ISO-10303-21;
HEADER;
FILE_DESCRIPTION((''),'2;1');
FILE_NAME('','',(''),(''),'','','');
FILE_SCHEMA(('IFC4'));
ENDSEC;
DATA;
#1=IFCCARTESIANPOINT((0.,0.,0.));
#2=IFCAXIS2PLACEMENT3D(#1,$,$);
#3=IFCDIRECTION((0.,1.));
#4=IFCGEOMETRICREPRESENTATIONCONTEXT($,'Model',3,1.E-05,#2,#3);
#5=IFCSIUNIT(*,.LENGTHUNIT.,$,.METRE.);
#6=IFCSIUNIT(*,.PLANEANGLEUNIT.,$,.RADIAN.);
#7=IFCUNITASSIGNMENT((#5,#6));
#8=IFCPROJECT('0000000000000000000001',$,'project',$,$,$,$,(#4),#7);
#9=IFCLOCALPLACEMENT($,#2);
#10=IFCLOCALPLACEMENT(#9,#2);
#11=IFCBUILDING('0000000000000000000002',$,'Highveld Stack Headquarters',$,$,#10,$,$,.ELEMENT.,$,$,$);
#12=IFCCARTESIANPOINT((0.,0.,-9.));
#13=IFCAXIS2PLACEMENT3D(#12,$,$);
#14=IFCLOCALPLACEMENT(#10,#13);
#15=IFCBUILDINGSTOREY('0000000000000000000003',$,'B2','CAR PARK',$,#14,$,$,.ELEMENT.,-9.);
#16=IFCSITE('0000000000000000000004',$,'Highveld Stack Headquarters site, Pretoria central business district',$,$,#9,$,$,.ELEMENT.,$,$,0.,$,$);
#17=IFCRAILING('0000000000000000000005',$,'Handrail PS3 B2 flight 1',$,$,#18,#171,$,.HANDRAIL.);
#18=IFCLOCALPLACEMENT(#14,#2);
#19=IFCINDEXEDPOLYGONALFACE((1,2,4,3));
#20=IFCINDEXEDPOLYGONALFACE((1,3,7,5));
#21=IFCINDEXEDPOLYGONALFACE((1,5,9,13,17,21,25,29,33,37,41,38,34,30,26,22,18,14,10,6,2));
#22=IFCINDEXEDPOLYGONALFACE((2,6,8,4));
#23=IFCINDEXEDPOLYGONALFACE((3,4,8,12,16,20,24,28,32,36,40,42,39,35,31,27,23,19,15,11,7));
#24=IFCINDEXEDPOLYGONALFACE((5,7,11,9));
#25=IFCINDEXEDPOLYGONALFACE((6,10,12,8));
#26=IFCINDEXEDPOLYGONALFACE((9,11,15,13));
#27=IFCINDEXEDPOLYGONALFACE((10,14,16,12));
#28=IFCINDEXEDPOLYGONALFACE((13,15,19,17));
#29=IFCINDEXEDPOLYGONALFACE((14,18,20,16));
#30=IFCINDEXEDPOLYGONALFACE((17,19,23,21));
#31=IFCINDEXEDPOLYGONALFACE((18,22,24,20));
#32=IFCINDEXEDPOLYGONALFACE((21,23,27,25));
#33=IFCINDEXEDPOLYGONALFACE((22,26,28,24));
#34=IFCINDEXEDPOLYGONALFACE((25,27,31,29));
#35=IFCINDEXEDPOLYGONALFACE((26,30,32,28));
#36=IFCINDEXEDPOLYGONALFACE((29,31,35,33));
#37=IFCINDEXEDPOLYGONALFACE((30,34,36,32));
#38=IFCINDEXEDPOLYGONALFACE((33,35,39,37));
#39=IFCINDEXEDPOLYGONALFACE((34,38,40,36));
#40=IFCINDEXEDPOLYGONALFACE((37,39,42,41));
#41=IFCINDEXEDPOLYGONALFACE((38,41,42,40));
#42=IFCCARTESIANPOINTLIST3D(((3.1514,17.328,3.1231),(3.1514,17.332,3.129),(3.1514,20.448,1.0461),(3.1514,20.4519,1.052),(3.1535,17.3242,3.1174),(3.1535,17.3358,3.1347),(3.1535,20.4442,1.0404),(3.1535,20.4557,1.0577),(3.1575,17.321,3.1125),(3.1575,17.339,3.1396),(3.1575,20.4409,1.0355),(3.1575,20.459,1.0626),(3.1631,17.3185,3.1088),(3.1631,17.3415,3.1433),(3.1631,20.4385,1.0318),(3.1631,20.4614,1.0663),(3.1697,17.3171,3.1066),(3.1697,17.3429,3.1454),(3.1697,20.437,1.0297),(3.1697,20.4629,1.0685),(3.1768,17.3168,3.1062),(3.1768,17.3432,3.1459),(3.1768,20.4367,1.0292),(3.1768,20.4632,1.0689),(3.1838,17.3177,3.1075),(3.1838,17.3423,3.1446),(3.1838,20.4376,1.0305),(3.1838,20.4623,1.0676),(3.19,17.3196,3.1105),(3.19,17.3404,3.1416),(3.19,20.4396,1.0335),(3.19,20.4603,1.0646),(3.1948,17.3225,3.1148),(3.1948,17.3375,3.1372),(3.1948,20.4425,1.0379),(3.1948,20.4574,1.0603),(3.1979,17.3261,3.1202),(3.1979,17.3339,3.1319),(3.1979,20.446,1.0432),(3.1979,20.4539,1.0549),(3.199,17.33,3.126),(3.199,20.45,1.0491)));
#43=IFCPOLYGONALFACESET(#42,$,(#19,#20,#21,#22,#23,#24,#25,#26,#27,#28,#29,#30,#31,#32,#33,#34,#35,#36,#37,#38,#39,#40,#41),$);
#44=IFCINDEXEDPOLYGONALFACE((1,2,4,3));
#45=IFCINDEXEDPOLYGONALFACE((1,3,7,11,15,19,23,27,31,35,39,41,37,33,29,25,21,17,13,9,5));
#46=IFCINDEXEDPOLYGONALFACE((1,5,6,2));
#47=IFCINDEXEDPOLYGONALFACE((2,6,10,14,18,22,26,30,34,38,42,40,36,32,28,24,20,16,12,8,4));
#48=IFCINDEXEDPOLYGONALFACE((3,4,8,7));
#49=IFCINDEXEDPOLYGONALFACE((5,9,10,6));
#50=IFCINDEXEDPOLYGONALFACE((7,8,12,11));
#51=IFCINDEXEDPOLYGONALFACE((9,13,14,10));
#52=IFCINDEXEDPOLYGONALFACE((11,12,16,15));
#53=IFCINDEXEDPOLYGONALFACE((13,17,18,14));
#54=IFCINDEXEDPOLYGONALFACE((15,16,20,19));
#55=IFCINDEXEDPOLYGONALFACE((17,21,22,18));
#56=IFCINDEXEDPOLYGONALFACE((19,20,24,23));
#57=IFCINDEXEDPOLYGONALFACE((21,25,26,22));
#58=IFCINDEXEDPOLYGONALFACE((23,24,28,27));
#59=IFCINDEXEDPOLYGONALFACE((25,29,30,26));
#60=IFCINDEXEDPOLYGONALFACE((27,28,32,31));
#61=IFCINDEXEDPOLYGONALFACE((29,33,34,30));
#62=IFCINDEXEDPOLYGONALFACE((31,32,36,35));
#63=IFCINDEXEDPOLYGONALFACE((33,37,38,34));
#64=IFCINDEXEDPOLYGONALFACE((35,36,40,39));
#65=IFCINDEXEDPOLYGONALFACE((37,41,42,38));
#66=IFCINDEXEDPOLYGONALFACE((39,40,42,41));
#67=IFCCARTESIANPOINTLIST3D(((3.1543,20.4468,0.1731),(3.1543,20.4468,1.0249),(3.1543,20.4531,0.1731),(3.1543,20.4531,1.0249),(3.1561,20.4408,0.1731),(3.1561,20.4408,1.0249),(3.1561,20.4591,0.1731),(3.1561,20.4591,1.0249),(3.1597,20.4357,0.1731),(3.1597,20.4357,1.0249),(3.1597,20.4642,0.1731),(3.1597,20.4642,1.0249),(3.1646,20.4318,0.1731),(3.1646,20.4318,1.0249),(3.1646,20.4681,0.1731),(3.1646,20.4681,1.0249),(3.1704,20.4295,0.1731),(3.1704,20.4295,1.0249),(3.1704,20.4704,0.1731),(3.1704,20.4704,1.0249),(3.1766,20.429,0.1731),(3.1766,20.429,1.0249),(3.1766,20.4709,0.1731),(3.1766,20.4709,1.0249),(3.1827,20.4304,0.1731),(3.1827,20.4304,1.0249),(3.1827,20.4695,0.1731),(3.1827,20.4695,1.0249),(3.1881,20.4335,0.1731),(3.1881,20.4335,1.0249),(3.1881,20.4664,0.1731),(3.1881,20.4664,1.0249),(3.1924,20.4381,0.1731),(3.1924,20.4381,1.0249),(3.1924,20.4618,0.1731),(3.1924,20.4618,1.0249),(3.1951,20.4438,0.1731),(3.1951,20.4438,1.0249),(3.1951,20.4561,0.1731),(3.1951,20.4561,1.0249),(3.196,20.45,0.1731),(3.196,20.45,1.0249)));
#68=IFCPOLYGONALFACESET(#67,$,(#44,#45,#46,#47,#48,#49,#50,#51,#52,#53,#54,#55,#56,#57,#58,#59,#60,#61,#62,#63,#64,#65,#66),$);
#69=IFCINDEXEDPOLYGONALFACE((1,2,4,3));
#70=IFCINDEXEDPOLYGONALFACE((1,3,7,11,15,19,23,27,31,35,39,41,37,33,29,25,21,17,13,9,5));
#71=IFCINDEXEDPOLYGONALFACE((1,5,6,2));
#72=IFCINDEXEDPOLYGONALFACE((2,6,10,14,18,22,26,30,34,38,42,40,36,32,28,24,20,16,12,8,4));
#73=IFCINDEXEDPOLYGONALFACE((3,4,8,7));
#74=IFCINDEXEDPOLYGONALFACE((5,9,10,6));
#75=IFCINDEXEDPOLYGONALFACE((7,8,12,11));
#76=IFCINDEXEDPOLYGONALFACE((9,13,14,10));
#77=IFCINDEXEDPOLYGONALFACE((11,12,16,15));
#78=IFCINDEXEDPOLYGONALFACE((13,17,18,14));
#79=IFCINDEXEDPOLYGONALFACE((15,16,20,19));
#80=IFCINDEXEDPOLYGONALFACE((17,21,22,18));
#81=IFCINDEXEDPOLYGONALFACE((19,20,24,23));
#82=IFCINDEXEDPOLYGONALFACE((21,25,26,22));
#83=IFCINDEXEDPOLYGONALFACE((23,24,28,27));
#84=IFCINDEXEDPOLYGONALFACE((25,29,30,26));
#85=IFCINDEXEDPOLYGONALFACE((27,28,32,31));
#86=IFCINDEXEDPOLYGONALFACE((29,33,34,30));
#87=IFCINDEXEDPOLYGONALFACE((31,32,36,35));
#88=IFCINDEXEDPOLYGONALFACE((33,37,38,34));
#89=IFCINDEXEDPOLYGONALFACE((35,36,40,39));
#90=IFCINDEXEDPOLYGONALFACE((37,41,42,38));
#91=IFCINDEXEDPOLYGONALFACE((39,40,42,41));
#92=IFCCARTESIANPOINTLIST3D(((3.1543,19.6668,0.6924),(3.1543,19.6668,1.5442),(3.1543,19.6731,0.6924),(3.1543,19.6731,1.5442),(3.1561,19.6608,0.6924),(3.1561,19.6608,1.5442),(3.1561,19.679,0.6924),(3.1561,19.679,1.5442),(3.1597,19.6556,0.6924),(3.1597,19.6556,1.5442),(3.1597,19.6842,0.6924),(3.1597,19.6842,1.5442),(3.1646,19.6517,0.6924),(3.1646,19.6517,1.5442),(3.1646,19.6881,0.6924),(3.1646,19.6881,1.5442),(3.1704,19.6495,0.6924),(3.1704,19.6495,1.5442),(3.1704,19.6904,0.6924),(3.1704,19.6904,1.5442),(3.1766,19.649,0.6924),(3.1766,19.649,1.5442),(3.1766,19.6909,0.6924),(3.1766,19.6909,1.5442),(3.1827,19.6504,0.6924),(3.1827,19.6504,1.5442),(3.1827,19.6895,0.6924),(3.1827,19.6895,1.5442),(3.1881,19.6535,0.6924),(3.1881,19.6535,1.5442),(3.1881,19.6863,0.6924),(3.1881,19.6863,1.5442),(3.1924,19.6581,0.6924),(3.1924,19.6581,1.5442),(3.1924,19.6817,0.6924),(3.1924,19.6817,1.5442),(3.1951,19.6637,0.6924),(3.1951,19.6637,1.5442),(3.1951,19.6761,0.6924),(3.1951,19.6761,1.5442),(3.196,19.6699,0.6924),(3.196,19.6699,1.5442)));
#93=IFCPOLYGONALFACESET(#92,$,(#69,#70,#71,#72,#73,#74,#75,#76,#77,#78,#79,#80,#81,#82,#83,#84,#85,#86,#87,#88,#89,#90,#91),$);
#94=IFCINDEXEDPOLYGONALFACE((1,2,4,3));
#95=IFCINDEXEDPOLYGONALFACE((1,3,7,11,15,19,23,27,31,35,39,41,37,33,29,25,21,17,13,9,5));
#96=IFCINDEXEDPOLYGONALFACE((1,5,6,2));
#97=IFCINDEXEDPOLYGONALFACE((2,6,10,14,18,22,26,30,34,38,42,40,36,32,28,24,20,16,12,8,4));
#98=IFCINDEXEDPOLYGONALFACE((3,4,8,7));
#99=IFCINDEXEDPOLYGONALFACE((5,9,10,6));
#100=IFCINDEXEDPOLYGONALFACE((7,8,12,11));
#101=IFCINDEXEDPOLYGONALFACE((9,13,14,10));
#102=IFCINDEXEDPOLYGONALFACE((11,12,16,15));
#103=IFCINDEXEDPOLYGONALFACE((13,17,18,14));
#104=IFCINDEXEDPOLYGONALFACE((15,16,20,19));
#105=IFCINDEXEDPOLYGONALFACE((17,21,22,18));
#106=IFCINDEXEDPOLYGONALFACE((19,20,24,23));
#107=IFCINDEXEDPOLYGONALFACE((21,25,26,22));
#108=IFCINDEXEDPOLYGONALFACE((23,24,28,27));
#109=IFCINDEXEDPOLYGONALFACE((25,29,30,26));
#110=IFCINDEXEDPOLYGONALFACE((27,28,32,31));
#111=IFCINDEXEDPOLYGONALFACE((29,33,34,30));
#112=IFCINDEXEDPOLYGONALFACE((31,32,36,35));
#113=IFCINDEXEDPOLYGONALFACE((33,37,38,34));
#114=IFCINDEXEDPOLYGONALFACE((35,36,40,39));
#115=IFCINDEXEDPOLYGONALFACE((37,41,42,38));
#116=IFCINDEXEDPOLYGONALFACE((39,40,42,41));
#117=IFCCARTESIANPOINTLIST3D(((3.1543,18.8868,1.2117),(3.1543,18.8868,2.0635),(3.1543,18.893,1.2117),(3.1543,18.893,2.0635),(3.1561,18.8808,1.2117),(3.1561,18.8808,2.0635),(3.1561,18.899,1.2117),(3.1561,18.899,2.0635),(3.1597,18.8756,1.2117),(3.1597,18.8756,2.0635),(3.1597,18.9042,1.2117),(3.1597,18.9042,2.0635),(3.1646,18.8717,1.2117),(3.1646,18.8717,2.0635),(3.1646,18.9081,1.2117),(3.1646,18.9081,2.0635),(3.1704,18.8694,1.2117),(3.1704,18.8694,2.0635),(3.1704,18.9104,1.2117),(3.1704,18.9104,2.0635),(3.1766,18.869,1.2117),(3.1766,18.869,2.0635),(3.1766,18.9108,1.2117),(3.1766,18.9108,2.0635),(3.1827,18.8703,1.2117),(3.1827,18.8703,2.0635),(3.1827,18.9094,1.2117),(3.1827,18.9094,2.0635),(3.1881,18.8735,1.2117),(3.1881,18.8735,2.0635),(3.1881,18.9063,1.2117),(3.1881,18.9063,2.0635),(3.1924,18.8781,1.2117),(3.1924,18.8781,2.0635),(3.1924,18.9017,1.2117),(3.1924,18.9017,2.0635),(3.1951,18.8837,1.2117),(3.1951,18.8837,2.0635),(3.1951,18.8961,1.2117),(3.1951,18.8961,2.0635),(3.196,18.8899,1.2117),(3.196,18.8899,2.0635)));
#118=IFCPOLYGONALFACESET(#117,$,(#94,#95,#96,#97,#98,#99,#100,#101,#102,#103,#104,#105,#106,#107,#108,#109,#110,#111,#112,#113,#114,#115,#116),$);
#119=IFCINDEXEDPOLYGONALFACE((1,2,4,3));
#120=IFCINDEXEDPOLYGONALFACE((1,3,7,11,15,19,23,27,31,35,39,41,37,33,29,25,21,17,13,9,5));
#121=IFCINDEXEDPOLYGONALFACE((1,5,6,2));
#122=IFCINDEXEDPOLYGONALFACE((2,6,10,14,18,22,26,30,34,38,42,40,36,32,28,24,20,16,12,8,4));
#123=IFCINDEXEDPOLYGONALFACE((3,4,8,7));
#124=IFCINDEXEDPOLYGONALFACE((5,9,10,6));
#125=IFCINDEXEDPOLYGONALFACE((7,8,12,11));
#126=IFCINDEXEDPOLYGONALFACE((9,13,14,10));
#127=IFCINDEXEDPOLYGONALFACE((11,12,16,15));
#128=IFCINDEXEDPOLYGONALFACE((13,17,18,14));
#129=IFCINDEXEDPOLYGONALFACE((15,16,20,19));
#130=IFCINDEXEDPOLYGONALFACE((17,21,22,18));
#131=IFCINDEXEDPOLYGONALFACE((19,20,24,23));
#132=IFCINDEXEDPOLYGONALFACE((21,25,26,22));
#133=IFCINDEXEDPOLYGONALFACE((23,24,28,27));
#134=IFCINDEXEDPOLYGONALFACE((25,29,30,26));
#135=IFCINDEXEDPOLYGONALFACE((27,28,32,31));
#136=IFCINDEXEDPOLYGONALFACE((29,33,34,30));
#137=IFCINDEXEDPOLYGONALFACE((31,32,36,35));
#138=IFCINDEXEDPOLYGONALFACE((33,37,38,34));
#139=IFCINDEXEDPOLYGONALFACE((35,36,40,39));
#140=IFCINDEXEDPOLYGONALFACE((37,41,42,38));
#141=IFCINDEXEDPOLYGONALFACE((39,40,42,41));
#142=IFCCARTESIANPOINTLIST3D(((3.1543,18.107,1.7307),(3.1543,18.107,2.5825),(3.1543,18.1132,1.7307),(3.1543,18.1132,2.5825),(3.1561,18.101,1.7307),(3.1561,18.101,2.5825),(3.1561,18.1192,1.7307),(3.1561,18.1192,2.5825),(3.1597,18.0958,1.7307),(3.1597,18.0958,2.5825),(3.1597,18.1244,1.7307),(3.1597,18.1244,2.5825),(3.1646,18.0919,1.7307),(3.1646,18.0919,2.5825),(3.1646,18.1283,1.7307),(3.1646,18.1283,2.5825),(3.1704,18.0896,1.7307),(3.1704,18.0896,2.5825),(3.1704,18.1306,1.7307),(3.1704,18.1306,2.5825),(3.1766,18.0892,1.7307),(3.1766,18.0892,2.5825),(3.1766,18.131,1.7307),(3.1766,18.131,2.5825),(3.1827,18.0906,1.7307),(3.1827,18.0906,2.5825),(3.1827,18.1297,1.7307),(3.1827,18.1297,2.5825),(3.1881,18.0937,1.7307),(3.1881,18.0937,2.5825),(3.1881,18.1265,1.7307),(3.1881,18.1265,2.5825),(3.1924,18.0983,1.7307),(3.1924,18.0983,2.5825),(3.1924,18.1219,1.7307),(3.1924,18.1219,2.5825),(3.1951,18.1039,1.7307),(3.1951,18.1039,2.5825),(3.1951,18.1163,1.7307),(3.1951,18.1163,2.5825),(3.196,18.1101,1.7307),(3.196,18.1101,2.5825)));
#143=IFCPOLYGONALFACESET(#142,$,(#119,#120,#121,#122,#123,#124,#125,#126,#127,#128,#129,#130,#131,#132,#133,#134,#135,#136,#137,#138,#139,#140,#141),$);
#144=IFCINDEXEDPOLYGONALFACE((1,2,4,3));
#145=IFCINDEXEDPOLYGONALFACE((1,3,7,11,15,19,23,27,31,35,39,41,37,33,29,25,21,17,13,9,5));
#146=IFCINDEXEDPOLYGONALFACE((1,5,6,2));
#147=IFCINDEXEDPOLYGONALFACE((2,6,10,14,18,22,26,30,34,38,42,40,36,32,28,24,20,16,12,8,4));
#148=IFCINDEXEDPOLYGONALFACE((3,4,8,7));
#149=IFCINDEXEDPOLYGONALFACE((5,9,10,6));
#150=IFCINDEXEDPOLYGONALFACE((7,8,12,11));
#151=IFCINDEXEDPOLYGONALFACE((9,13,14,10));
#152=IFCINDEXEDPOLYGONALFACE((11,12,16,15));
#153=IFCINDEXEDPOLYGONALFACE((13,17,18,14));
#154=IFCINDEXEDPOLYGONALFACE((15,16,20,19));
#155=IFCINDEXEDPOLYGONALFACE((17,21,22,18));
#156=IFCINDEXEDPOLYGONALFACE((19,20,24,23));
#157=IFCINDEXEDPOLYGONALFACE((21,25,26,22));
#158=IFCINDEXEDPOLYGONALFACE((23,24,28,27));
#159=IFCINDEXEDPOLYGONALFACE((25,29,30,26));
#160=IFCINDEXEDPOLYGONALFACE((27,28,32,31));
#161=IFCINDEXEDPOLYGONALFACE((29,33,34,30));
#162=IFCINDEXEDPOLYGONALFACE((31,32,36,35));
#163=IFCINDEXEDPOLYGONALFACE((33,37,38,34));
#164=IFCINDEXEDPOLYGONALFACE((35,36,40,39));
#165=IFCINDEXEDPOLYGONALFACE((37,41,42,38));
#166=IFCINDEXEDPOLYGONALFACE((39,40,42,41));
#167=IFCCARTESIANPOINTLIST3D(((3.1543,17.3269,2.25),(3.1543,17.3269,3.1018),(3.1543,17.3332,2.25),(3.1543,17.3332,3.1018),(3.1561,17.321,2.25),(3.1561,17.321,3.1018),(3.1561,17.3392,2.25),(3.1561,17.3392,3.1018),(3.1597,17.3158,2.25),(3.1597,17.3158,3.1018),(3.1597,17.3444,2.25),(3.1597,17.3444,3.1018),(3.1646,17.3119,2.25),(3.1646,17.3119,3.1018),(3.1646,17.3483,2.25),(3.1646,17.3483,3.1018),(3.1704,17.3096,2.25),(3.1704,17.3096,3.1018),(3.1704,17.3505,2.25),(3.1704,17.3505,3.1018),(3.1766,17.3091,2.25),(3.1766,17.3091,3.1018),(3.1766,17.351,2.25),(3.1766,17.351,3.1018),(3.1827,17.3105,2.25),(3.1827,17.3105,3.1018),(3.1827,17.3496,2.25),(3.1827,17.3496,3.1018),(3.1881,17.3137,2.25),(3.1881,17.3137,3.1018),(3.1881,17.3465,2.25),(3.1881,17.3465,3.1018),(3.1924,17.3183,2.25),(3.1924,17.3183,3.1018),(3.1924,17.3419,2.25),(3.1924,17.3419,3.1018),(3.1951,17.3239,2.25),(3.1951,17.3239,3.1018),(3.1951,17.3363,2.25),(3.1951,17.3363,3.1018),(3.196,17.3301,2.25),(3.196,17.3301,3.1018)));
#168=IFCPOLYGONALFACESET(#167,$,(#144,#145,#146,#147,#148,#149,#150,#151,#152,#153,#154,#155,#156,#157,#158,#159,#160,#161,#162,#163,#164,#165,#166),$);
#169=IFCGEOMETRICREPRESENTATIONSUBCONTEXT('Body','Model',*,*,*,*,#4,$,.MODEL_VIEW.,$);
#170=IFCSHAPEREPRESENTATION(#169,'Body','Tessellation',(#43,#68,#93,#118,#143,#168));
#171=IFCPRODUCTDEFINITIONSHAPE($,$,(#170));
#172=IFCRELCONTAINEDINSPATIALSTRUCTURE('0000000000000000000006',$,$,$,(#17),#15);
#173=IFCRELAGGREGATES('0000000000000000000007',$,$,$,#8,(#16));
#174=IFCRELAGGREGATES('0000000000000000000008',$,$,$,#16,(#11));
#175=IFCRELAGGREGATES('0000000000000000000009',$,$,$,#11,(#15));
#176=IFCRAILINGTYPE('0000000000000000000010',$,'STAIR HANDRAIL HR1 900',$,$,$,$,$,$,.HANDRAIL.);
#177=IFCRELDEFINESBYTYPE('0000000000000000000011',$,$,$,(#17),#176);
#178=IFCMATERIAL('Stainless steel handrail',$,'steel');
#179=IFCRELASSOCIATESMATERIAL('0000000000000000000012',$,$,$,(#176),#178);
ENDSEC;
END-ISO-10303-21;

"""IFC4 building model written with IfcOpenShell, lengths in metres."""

from ifc_helpers import new_model, si_unit, direction, frame, origin, origin_2d, place, context, subcontext, project, spatial, circle, extrude, material, type_object, element, save


model = new_model("IFC4")

# Units and contexts
model_context = context("Model", 3, precision=1e-05, world=origin(), true_north=direction((0.0, 1.0)))
body_context = subcontext(model_context, "Body", "Model", "MODEL_VIEW")
ifc_project = project(units=[si_unit("LENGTHUNIT", "METRE"), si_unit("PLANEANGLEUNIT", "RADIAN")], contexts=[model_context])

# Site, building, storey
site_placement = place(None, origin())
site = spatial("IfcSite", under=ifc_project, at=site_placement, Name="Highveld Stack Headquarters site, Pretoria central business district", CompositionType="ELEMENT", RefElevation=0.0)
building_placement = place(site_placement, origin())
building = spatial("IfcBuilding", under=site, at=building_placement, Name="Highveld Stack Headquarters", CompositionType="ELEMENT")
storey_placement = place(building_placement, frame((0.0, 0.0, -9.0)))
storey = spatial("IfcBuildingStorey", under=building, at=storey_placement, Name="B2", Description="CAR PARK", CompositionType="ELEMENT", Elevation=-9.0)

# Railing
ifc_material_1 = material(Name="Stainless steel handrail", Category="steel")
railing_type = type_object("IfcRailingType", Name="STAIR HANDRAIL HR1 900", PredefinedType="HANDRAIL", material=ifc_material_1)
for number, where, name in (
    (1, (3.175, 20.45, 0.1731), "Handrail PS3 B2 flight 1"),
):
    element("IfcRailing", number, at=place(storey_placement, frame(where)), inside=storey, type_object=railing_type, Name=name, PredefinedType="HANDRAIL", context=body_context, shape_type="SweptSolid", body=[
        extrude(circle(Radius=0.0239, at=origin_2d()), frame((0.0, 0.0, 0.876), z_axis=(0.0, -0.832421, 0.554144), x_axis=(1.0, 0.0, 0.0)), (0.0, 0.0, 1.0), 3.748),
        extrude(circle(Radius=0.021, at=origin_2d()), origin(), (0.0, 0.0, 1.0), 0.8518),
        extrude(circle(Radius=0.021, at=origin_2d()), frame((0.0, -0.78, 0.5193)), (0.0, 0.0, 1.0), 0.8518),
        extrude(circle(Radius=0.021, at=origin_2d()), frame((0.0, -1.5601, 1.0386)), (0.0, 0.0, 1.0), 0.8518),
        extrude(circle(Radius=0.021, at=origin_2d()), frame((0.0, -2.3398, 1.5576)), (0.0, 0.0, 1.0), 0.8518),
        extrude(circle(Radius=0.021, at=origin_2d()), frame((0.0, -3.1199, 2.0769)), (0.0, 0.0, 1.0), 0.8518),
    ])

save(model, "model.ifc")
